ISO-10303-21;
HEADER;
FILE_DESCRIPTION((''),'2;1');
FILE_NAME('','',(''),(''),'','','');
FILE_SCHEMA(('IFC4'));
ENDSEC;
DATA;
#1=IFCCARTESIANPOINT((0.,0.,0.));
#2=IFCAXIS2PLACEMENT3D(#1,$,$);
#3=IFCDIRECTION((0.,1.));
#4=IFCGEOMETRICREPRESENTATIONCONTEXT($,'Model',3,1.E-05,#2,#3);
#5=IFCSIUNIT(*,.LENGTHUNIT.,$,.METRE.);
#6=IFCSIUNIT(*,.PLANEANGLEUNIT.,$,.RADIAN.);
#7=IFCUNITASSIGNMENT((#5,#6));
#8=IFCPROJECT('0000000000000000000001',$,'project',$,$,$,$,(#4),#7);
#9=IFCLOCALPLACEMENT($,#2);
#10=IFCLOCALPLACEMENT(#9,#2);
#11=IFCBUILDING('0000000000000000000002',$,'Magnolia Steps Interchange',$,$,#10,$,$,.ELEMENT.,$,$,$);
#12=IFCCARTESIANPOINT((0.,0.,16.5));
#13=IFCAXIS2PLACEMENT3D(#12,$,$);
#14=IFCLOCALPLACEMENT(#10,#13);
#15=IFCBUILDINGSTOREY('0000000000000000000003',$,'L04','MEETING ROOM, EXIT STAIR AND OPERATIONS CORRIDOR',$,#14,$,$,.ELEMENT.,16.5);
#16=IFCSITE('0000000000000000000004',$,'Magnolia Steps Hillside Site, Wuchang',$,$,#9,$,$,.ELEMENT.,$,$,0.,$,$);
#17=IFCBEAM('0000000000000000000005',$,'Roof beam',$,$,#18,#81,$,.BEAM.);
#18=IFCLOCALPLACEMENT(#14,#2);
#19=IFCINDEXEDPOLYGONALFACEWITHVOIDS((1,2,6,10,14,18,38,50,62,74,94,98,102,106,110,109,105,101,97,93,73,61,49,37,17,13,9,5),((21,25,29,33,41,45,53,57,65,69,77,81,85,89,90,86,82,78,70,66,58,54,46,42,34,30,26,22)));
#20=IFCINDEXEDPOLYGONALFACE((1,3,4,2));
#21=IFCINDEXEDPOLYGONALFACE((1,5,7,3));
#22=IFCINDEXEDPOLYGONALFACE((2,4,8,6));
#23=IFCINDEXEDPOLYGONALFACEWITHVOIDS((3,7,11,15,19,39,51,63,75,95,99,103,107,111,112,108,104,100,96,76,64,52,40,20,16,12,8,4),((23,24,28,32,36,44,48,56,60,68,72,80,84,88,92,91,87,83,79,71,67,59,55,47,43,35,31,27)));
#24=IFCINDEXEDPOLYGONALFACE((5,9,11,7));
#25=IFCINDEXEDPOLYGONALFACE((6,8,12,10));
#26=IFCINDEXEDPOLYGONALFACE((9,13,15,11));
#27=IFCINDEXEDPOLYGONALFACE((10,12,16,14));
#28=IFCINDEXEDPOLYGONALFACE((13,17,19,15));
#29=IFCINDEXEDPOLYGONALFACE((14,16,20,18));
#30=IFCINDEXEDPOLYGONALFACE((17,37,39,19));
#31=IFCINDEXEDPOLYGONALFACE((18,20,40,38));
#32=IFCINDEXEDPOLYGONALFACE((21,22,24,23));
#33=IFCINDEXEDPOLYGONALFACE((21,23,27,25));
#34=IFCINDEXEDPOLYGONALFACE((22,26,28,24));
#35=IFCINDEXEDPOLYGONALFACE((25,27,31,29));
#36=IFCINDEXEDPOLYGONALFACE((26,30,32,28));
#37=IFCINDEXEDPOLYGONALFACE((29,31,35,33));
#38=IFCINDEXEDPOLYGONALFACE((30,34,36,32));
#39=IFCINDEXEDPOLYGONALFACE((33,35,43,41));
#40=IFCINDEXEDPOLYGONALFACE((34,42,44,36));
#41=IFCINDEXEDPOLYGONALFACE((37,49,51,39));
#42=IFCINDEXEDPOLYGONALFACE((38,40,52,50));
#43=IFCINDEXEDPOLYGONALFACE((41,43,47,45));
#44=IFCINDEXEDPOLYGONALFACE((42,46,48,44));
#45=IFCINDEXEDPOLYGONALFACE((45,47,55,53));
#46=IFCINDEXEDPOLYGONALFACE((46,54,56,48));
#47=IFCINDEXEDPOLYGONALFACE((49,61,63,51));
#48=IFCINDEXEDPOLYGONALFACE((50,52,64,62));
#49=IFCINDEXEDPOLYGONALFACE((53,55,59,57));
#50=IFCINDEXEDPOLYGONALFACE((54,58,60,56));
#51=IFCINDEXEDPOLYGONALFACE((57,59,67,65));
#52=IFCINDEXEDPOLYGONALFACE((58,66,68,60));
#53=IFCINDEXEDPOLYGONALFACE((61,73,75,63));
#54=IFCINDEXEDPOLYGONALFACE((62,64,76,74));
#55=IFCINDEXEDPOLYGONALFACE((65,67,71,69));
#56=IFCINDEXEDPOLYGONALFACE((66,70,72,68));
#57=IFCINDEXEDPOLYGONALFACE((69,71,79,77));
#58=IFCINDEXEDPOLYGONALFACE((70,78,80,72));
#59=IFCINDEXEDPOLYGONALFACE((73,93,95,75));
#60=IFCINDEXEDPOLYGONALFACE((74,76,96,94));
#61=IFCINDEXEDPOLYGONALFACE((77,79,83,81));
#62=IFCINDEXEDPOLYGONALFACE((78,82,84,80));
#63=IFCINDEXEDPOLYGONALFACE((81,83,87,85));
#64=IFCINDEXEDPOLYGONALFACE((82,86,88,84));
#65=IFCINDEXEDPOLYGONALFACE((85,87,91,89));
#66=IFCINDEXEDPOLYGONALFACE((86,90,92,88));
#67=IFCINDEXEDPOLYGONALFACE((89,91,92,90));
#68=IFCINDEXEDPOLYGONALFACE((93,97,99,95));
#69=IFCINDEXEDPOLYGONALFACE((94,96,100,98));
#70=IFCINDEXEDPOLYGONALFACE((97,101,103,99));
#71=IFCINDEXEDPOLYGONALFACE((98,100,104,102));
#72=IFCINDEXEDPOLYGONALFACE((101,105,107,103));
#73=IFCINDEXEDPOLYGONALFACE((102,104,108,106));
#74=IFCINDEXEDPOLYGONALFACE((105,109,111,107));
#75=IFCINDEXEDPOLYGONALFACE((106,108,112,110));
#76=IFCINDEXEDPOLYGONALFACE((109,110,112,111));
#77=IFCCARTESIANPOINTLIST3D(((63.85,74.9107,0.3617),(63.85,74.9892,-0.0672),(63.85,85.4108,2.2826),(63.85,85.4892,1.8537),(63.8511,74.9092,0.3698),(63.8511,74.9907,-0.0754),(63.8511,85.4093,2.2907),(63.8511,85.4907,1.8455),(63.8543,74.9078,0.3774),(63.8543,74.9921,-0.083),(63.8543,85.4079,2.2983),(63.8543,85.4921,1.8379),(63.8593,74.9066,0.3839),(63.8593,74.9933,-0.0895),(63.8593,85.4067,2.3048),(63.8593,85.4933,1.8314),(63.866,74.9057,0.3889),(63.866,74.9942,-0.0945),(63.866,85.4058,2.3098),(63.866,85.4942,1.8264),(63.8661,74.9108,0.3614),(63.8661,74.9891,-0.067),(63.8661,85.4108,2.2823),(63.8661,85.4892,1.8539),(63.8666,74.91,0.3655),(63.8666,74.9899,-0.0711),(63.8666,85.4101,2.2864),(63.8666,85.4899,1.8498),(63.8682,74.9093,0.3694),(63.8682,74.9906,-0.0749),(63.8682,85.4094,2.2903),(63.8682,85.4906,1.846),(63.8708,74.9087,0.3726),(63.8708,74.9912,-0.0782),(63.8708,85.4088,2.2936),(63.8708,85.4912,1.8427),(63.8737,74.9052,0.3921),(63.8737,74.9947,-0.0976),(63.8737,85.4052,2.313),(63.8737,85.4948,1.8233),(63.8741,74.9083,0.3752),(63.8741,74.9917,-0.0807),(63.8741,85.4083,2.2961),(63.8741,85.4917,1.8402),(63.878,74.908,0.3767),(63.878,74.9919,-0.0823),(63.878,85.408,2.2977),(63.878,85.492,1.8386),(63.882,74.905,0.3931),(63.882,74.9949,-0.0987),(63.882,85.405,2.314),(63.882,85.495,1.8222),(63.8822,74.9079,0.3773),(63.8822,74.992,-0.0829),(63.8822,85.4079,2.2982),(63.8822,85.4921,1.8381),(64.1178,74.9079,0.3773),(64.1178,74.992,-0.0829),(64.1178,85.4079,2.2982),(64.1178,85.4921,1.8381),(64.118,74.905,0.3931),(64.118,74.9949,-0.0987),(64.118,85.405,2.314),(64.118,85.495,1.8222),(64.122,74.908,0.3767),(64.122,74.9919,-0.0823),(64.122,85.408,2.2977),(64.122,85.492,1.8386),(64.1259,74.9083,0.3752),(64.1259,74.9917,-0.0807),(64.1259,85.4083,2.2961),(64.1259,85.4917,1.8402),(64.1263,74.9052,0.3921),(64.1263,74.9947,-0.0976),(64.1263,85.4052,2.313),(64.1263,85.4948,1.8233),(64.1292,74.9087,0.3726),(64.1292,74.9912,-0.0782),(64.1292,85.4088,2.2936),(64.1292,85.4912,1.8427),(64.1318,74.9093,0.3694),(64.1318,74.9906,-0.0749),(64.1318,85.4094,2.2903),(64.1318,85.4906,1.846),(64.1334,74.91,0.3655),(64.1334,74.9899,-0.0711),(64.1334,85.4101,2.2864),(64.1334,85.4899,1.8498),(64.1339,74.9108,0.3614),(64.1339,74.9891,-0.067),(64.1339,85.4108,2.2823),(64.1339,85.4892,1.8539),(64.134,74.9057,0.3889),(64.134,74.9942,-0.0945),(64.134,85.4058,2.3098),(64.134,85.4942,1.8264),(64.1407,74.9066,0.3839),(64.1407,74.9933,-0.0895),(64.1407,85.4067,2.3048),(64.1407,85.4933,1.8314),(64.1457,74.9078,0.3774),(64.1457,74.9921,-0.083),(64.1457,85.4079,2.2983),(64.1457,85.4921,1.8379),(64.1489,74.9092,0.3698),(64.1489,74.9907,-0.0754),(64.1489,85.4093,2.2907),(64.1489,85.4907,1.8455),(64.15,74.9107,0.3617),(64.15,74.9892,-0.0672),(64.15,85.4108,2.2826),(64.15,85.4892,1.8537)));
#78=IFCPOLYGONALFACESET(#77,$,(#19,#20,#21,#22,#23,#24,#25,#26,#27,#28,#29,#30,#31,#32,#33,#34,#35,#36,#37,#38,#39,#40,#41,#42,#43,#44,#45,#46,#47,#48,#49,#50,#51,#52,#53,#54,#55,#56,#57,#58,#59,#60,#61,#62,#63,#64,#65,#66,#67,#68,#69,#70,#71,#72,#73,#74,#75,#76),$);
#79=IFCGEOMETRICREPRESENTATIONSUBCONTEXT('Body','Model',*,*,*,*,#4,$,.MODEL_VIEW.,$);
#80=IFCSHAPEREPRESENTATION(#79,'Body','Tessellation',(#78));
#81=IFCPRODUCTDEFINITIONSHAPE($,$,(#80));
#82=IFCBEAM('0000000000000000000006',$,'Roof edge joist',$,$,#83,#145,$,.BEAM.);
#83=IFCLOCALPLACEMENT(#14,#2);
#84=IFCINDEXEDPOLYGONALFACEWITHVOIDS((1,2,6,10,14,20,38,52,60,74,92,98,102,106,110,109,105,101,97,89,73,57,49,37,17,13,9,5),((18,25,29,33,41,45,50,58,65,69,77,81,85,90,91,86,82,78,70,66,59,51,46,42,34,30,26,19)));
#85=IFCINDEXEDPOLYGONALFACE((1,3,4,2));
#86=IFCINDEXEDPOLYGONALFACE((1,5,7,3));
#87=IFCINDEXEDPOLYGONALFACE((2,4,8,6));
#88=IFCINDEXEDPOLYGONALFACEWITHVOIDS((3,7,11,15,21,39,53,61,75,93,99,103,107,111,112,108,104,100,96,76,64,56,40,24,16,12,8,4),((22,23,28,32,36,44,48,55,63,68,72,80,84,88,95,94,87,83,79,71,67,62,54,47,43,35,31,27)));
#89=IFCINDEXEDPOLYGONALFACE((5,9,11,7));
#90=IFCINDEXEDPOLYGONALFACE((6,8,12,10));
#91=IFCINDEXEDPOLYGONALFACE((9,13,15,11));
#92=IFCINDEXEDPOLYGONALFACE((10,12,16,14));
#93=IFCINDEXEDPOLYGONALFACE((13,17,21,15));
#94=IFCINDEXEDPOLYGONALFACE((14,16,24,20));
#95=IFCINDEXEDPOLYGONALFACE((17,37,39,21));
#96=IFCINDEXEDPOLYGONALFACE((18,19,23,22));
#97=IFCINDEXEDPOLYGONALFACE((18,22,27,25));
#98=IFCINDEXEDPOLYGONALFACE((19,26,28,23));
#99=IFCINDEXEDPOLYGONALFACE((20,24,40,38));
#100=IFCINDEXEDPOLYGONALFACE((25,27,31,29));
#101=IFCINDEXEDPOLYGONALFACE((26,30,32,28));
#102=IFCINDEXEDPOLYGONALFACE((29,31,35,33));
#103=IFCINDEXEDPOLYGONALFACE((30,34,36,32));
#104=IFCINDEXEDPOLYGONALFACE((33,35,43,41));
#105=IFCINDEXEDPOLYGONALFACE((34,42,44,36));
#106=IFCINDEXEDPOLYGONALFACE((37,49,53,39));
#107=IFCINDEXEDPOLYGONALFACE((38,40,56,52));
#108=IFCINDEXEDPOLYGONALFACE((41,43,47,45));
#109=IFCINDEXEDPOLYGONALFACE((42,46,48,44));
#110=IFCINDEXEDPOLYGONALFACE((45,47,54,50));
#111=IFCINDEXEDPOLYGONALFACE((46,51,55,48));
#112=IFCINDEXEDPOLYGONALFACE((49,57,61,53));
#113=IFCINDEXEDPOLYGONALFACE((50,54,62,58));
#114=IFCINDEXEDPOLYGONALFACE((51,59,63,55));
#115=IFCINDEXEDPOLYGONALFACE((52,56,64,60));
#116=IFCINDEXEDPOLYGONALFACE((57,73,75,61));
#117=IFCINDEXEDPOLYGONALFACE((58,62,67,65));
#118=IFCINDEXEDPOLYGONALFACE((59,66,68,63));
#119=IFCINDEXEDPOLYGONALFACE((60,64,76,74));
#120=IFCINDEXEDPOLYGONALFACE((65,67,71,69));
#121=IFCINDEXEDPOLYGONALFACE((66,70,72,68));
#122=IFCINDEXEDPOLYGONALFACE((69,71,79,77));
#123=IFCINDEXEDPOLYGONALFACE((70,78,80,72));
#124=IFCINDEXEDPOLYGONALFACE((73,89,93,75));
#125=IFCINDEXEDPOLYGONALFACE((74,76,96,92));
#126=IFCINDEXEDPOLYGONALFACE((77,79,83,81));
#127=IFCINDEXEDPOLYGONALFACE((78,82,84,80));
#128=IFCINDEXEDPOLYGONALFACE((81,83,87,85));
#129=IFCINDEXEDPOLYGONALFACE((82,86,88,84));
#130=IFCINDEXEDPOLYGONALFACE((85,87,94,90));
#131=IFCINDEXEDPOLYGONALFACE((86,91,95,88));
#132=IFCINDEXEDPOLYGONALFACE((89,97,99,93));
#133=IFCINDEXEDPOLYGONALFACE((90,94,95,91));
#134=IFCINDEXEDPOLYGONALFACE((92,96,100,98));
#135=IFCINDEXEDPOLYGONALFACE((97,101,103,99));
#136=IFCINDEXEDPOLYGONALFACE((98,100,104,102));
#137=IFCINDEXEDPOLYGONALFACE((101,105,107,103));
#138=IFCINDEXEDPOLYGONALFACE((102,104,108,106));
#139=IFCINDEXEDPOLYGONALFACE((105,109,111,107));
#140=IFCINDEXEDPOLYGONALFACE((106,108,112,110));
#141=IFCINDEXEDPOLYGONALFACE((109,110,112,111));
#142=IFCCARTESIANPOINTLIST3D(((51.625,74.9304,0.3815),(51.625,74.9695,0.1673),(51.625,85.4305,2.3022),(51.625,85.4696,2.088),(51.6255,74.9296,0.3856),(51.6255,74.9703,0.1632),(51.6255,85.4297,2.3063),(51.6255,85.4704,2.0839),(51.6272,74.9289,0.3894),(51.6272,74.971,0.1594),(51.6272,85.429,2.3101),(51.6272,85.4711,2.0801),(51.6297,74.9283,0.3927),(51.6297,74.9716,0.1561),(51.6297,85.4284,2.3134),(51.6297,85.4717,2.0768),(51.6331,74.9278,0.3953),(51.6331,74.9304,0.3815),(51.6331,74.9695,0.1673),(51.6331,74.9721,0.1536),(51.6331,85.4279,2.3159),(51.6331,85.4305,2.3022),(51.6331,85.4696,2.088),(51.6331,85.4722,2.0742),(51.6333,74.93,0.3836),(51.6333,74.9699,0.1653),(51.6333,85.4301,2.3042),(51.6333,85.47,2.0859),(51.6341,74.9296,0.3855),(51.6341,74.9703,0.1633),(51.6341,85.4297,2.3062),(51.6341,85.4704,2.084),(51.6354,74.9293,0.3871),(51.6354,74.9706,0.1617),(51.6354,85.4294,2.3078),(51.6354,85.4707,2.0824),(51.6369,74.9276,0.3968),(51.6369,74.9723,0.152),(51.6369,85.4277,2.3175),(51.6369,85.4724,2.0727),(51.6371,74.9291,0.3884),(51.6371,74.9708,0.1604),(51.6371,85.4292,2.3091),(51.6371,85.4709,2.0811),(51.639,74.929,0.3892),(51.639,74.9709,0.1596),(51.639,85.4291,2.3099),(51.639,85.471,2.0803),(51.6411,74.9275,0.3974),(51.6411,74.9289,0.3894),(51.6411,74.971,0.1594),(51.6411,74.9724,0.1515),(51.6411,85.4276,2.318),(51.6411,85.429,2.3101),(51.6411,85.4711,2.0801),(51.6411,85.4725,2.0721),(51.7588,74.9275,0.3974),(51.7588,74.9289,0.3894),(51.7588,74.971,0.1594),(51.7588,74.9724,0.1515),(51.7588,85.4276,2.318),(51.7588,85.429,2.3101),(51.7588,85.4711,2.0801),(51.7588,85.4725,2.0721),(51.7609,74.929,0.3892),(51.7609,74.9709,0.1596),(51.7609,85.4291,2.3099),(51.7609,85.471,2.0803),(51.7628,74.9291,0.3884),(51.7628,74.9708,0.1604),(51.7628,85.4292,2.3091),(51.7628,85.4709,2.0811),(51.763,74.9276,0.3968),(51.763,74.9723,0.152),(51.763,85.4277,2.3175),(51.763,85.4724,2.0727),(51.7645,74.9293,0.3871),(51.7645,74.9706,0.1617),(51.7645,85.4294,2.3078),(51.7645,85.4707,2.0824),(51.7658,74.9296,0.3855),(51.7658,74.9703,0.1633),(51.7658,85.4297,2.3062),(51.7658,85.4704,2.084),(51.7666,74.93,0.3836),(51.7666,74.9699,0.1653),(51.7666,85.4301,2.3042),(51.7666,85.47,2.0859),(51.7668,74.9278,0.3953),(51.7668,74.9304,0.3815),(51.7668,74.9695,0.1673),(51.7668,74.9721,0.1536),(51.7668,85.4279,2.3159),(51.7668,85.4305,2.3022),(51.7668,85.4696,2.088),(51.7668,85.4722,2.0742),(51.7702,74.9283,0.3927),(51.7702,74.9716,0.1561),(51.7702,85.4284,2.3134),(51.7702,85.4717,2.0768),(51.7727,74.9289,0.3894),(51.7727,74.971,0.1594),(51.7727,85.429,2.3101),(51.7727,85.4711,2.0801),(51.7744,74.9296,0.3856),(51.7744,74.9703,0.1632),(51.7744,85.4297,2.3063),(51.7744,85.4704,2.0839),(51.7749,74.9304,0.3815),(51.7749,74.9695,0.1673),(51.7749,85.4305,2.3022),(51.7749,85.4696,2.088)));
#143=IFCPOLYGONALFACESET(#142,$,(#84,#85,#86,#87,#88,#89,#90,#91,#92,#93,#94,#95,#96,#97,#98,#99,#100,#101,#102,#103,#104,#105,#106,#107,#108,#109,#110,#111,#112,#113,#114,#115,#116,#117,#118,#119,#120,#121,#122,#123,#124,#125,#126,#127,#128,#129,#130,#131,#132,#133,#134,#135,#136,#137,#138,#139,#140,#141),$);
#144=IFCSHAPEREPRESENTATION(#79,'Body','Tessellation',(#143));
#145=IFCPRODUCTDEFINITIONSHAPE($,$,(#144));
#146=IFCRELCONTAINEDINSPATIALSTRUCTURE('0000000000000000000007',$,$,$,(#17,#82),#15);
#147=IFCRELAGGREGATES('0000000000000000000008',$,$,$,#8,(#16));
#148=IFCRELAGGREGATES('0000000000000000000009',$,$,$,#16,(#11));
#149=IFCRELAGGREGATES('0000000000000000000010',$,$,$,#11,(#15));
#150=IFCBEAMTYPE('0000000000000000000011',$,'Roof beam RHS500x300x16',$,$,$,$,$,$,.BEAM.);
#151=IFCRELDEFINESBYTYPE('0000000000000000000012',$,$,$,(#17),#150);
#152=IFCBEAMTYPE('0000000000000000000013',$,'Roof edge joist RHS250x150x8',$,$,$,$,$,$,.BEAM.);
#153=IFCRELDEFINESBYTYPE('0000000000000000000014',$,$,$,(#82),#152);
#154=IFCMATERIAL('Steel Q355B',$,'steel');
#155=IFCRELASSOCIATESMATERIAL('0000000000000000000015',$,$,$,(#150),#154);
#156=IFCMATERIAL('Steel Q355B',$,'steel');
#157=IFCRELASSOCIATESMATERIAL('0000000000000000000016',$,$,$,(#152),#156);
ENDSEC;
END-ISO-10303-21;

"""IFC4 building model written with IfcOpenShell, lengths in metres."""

from ifc_helpers import new_model, si_unit, direction, frame, origin, origin_2d, place, context, subcontext, project, spatial, hollow_rectangle, extrude, material, material_profile, profile_set, type_object, element, save


model = new_model("IFC4")

# Units and contexts
model_context = context("Model", 3, precision=1e-05, world=origin(), true_north=direction((0.0, 1.0)))
body_context = subcontext(model_context, "Body", "Model", "MODEL_VIEW")
ifc_project = project(units=[si_unit("LENGTHUNIT", "METRE"), si_unit("PLANEANGLEUNIT", "RADIAN")], contexts=[model_context])

# Site, building, storey
site_placement = place(None, origin())
site = spatial("IfcSite", under=ifc_project, at=site_placement, Name="Magnolia Steps Hillside Site, Wuchang", CompositionType="ELEMENT", RefElevation=0.0)
building_placement = place(site_placement, origin())
building = spatial("IfcBuilding", under=site, at=building_placement, Name="Magnolia Steps Interchange", CompositionType="ELEMENT")
storey_placement = place(building_placement, frame((0.0, 0.0, 16.5)))
storey = spatial("IfcBuildingStorey", under=building, at=storey_placement, Name="L04", Description="MEETING ROOM, EXIT STAIR AND OPERATIONS CORRIDOR", CompositionType="ELEMENT", Elevation=16.5)

# Beams
ifc_material_1 = material(Name="Steel Q355B", Category="steel")
ifc_material_profile_1 = material_profile(ifc_material_1, hollow_rectangle(XDim=0.3, YDim=0.5, WallThickness=0.0161, InnerFilletRadius=0.0161, OuterFilletRadius=0.032, at=origin_2d()), Name="RHS500x300x16")
ifc_profile_set_1 = profile_set([ifc_material_profile_1], Name="Steel Q355B")
beam_type_1 = type_object("IfcBeamType", Name="Roof beam RHS500x300x16", PredefinedType="BEAM", material=ifc_profile_set_1)
for number, where, z_axis, x_axis, name in (
    (1, (64.0, 74.95, 0.1472), (0.0, 0.983675, 0.179956), (-1.0, 0.0, 0.0), "Roof beam"),
):
    element("IfcBeam", number, at=place(storey_placement, frame(where, z_axis=z_axis, x_axis=x_axis)), inside=storey, type_object=beam_type_1, Name=name, PredefinedType="BEAM", context=body_context, shape_type="SweptSolid", body=[
        extrude(hollow_rectangle(XDim=0.3, YDim=0.5, WallThickness=0.0161, InnerFilletRadius=0.0161, OuterFilletRadius=0.032, at=origin_2d()), origin(), (0.0, 0.0, 1.0), 10.6743),
    ])
ifc_material_2 = material(Name="Steel Q355B", Category="steel")
ifc_material_profile_2 = material_profile(ifc_material_2, hollow_rectangle(XDim=0.1499, YDim=0.25, WallThickness=0.0081, InnerFilletRadius=0.0081, OuterFilletRadius=0.0161, at=origin_2d()), Name="RHS250x150x8")
ifc_profile_set_2 = profile_set([ifc_material_profile_2], Name="Steel Q355B")
beam_type_2 = type_object("IfcBeamType", Name="Roof edge joist RHS250x150x8", PredefinedType="BEAM", material=ifc_profile_set_2)
beam_1_placement = place(storey_placement, frame((51.7, 74.95, 0.2744), z_axis=(0.0, 0.983679, 0.179934), x_axis=(-1.0, 0.0, 0.0)))
element("IfcBeam", 2, at=beam_1_placement, inside=storey, type_object=beam_type_2, Name="Roof edge joist", PredefinedType="BEAM", context=body_context, shape_type="SweptSolid", body=[
    extrude(hollow_rectangle(XDim=0.1499, YDim=0.25, WallThickness=0.0081, InnerFilletRadius=0.0081, OuterFilletRadius=0.0161, at=origin_2d()), origin(), (0.0, 0.0, 1.0), 10.6743),
])

save(model, "model.ifc")
